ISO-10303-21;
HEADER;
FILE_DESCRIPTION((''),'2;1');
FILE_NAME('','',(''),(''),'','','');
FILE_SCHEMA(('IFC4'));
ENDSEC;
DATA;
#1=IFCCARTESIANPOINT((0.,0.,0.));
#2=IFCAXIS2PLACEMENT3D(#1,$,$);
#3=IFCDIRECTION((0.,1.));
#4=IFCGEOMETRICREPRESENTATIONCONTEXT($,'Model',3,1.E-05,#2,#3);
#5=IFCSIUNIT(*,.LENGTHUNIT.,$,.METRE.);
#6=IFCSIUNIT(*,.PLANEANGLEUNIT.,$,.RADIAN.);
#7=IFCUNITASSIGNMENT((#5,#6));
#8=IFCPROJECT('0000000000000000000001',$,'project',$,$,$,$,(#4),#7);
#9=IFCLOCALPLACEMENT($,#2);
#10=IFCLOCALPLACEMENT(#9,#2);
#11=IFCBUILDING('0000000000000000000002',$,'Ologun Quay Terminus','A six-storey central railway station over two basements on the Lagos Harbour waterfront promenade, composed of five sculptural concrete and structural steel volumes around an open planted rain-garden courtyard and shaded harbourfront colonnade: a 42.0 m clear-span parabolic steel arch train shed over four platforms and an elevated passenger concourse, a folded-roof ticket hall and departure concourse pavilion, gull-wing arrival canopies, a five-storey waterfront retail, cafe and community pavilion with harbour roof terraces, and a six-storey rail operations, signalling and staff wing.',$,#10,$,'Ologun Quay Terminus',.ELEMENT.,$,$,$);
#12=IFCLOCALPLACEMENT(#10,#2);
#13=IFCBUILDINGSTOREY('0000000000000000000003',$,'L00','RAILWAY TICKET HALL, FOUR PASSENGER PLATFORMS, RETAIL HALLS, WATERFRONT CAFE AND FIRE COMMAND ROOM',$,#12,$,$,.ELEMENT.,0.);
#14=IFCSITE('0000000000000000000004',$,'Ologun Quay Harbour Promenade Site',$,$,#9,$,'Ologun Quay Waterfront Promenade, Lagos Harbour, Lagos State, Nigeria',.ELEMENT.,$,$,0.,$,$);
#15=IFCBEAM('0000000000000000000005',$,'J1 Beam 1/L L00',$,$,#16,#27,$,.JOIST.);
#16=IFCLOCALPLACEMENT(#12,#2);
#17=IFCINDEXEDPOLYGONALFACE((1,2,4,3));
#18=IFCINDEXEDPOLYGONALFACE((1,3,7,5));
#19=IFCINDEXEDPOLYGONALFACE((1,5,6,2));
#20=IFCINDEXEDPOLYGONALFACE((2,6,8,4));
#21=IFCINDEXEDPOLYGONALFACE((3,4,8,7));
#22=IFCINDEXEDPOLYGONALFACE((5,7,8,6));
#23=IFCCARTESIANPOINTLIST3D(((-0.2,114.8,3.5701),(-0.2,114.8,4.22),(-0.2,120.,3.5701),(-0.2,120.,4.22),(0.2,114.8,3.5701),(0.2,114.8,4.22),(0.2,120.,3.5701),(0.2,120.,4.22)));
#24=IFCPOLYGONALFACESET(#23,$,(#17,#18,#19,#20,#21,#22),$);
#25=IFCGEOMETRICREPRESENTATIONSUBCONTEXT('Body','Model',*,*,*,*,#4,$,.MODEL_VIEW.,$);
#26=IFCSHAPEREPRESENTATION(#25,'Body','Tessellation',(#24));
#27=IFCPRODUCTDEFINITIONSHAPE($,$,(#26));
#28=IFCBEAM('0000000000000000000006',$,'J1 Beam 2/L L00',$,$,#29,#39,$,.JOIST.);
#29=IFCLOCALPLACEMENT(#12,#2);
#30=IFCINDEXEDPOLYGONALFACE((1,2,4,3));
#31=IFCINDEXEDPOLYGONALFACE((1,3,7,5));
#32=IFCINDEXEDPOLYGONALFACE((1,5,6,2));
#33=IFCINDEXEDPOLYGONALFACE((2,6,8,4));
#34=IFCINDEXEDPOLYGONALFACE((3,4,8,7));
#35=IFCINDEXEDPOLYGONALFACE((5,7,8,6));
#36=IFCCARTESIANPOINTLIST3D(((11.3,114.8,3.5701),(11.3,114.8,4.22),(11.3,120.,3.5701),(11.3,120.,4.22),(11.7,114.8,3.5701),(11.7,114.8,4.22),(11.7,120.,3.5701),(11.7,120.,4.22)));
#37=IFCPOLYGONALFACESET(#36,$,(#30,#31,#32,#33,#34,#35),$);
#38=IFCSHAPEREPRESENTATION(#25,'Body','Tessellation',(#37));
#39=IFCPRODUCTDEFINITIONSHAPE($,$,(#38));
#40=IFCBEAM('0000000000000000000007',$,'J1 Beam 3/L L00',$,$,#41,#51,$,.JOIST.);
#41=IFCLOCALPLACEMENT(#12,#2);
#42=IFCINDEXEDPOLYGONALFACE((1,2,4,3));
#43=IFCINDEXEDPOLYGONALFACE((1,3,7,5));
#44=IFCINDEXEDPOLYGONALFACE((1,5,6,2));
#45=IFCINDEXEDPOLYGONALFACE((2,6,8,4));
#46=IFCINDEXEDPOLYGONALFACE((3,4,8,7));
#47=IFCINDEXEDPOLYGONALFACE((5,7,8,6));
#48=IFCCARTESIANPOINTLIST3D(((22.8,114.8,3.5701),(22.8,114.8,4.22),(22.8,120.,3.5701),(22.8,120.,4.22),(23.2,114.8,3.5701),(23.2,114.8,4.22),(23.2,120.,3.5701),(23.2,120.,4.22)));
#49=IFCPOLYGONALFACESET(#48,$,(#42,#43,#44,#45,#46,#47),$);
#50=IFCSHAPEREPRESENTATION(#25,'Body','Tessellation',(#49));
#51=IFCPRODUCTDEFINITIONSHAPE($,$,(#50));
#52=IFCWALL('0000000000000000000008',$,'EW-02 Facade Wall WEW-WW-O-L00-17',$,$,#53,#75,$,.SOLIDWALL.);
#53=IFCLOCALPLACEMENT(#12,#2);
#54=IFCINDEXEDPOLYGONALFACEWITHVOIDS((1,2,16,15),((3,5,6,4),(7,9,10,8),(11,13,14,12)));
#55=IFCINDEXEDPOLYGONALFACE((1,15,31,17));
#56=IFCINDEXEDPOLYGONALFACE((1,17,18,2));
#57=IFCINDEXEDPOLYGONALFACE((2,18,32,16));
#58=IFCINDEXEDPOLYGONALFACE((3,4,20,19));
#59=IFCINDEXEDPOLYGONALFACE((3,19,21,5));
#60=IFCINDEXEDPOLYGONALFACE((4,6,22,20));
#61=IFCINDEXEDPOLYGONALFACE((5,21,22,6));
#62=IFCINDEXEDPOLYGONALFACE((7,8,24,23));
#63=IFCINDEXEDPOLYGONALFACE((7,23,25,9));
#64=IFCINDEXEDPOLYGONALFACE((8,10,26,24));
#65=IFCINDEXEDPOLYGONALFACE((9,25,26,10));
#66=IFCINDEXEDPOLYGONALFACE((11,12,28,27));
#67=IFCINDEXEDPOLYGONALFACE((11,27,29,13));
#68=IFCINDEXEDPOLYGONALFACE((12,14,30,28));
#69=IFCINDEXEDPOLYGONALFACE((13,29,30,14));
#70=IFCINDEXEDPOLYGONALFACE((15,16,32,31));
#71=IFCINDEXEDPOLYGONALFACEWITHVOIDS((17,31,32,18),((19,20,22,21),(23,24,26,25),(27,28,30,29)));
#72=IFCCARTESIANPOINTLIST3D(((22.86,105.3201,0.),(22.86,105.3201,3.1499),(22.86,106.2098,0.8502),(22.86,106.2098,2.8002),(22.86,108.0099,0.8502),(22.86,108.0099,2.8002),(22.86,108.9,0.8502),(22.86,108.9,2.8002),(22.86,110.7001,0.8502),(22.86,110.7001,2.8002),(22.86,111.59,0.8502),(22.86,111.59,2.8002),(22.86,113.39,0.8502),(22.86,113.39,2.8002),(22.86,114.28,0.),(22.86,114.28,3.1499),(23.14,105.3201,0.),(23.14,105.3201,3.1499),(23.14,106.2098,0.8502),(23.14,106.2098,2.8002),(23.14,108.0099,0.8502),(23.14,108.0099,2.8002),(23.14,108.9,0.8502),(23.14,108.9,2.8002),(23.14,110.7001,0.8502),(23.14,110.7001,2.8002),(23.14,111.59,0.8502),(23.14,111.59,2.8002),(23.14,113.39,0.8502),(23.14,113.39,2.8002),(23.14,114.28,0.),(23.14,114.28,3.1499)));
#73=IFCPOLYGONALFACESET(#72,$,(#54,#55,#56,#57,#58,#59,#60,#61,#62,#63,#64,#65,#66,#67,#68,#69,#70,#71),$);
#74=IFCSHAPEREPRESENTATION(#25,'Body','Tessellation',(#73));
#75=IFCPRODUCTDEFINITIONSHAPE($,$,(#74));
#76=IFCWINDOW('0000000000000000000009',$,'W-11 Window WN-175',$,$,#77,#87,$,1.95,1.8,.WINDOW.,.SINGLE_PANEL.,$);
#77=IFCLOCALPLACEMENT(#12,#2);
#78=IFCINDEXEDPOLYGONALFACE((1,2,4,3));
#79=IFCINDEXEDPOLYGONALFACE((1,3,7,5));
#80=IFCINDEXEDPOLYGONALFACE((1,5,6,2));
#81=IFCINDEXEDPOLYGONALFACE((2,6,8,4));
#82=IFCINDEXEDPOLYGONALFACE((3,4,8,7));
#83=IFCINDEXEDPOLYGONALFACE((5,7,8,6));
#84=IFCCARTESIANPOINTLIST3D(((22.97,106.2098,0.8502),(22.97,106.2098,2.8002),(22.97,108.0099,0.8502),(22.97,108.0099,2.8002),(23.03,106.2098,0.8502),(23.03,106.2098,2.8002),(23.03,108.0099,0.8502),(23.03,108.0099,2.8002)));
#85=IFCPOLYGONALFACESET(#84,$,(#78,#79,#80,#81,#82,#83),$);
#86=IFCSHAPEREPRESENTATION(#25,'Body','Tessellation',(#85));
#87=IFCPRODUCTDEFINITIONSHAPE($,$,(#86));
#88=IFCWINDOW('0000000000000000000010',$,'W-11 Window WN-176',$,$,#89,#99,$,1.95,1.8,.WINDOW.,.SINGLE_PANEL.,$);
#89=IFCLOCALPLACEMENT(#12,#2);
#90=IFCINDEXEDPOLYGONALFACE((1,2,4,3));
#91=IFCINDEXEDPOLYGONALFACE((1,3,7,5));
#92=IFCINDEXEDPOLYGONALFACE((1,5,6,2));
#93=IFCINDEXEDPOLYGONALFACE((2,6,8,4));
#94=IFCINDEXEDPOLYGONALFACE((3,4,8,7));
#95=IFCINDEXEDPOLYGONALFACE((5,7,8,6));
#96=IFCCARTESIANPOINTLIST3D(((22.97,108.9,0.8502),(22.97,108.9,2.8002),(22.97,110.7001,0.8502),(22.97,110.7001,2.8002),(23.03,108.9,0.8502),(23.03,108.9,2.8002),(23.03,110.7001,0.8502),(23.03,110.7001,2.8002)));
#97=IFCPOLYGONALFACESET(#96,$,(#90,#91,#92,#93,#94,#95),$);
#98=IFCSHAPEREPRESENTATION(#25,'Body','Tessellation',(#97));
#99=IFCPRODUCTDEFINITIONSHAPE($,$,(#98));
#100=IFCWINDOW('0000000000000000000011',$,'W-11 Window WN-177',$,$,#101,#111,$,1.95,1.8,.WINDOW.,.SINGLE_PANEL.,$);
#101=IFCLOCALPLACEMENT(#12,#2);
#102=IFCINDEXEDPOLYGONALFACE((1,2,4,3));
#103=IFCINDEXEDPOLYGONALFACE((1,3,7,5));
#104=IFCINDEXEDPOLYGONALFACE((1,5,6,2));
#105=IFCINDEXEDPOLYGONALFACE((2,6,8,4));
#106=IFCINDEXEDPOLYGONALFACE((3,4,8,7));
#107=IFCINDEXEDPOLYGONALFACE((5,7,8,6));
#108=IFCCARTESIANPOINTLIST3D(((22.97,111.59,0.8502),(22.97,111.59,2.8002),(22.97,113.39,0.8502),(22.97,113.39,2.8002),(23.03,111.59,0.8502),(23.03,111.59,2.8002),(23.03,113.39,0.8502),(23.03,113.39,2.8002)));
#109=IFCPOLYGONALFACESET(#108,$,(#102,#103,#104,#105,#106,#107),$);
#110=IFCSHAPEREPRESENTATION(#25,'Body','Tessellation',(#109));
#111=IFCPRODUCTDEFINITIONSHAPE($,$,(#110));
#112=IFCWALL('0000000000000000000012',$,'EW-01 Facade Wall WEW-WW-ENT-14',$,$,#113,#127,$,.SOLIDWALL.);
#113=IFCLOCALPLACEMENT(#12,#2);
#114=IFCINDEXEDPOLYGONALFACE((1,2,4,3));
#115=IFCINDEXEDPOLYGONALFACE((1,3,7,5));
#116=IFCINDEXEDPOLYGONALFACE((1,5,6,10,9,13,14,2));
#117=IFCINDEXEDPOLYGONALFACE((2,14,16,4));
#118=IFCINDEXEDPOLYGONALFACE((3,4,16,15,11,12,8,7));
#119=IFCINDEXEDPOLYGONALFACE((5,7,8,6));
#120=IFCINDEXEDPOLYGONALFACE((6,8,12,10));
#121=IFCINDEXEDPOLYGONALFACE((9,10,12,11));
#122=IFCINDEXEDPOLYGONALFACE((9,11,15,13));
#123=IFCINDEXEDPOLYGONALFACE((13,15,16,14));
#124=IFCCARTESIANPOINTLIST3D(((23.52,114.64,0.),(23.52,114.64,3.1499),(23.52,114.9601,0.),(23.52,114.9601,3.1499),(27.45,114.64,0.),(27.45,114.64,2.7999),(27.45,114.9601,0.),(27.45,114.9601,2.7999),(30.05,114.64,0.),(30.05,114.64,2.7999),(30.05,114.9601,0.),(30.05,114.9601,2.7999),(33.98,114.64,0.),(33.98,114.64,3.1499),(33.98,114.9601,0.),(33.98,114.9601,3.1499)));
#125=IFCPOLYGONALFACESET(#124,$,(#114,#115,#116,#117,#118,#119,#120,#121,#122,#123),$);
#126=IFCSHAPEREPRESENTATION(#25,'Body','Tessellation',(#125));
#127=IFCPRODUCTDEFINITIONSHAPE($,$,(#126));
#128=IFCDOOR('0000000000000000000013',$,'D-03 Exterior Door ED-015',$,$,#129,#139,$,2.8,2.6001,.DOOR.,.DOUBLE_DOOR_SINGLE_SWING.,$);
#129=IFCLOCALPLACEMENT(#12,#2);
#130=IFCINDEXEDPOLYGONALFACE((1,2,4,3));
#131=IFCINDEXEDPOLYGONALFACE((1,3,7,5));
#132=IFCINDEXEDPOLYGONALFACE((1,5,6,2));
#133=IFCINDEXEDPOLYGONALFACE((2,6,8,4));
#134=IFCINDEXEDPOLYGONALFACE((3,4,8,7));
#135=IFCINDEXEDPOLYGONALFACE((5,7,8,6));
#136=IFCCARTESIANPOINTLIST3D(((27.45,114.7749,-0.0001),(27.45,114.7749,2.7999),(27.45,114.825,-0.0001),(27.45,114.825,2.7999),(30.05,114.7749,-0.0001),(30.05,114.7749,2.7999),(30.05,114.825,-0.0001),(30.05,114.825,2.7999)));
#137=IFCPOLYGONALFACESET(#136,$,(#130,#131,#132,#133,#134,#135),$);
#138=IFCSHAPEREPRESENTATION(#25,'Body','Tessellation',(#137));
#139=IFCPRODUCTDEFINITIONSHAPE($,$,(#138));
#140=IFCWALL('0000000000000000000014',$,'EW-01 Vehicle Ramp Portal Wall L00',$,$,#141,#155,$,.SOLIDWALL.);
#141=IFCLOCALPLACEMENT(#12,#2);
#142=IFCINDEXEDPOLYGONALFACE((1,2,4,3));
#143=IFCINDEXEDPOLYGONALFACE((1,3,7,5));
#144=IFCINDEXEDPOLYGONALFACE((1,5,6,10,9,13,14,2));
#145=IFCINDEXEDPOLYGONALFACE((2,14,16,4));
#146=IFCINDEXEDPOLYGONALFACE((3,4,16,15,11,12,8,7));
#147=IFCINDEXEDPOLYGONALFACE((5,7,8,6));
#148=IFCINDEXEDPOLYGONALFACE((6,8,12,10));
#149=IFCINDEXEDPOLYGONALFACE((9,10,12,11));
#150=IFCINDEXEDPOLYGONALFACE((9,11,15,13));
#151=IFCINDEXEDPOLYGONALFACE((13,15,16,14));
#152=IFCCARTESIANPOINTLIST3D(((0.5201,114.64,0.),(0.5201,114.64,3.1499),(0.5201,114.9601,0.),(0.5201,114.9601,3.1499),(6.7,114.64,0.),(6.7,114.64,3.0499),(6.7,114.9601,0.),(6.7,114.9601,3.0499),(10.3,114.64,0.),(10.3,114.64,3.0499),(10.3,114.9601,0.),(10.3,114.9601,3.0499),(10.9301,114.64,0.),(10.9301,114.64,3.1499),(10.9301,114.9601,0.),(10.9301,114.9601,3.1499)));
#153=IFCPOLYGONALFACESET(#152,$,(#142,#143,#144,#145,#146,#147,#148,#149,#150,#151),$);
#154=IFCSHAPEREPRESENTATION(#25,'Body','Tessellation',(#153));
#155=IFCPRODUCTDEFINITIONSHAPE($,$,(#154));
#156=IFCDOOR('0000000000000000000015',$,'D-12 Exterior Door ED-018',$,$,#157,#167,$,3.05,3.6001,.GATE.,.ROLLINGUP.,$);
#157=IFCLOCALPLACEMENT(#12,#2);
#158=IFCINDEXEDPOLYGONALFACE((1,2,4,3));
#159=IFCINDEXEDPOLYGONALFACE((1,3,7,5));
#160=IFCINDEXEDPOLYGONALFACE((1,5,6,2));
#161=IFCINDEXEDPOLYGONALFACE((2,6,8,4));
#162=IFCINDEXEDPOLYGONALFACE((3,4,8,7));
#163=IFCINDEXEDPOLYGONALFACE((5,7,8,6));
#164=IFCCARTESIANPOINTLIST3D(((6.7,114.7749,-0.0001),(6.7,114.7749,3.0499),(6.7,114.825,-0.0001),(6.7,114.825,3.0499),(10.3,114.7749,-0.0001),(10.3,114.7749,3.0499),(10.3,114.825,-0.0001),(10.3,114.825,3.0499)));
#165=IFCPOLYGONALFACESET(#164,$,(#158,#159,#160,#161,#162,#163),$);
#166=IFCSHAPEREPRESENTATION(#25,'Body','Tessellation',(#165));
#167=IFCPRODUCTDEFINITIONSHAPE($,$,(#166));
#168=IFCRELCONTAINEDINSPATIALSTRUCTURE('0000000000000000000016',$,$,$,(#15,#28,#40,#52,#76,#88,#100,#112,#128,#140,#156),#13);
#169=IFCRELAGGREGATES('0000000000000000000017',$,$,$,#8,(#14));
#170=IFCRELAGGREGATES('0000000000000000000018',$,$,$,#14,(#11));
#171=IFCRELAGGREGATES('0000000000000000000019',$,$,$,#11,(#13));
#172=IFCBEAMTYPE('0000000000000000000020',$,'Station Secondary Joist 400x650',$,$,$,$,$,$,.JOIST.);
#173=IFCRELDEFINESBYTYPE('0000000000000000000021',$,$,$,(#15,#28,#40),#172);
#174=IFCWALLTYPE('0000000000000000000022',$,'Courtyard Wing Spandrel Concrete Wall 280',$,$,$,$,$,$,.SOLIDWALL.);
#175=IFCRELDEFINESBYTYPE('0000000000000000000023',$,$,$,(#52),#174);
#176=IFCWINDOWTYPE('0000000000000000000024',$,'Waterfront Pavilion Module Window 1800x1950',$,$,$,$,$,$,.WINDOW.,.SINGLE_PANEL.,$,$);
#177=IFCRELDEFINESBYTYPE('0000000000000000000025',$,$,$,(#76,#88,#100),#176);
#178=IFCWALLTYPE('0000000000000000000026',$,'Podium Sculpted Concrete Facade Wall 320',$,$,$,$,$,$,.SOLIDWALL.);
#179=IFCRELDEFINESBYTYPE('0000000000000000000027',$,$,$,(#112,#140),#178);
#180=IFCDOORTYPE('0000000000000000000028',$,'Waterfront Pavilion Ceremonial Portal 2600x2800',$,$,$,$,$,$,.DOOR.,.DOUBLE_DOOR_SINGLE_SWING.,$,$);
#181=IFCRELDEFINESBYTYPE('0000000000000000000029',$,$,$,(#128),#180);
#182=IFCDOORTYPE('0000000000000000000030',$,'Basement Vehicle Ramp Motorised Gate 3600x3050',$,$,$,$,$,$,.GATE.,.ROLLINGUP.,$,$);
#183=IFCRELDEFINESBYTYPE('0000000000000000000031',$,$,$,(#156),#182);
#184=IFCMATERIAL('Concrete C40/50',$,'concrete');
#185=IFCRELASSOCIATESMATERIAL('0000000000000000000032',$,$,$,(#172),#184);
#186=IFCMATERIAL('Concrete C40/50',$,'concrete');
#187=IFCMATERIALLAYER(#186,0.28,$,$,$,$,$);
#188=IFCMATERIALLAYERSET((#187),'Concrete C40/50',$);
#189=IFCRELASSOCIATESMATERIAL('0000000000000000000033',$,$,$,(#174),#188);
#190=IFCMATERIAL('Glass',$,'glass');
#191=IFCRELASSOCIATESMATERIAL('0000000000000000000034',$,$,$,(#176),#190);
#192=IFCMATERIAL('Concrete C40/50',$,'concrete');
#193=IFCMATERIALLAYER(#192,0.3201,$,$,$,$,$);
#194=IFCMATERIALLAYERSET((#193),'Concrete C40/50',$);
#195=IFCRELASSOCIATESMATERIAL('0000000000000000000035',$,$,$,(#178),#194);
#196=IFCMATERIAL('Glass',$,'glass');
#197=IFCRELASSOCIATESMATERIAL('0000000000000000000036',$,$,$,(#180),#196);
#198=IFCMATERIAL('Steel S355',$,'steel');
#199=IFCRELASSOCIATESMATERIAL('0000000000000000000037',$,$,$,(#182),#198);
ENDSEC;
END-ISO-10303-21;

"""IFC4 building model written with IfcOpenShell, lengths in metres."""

from ifc_helpers import new_model, si_unit, direction, frame, frame_2d, origin, origin_2d, place, context, subcontext, project, spatial, rectangle, extrude, material, layer, layer_set, material_profile, profile_set, type_object, element, fill, save


model = new_model("IFC4")

# Units and contexts
model_context = context("Model", 3, precision=1e-05, world=origin(), true_north=direction((0.0, 1.0)))
body_context = subcontext(model_context, "Body", "Model", "MODEL_VIEW")
ifc_project = project(units=[si_unit("LENGTHUNIT", "METRE"), si_unit("PLANEANGLEUNIT", "RADIAN")], contexts=[model_context])

# Site, building, storey
site_placement = place(None, origin())
site = spatial("IfcSite", under=ifc_project, at=site_placement, Name="Ologun Quay Harbour Promenade Site", LongName="Ologun Quay Waterfront Promenade, Lagos Harbour, Lagos State, Nigeria", CompositionType="ELEMENT", RefElevation=0.0)
building_placement = place(site_placement, origin())
building = spatial("IfcBuilding", under=site, at=building_placement, Name="Ologun Quay Terminus", Description="A six-storey central railway station over two basements on the Lagos Harbour waterfront promenade, composed of five sculptural concrete and structural steel volumes around an open planted rain-garden courtyard and shaded harbourfront colonnade: a 42.0 m clear-span parabolic steel arch train shed over four platforms and an elevated passenger concourse, a folded-roof ticket hall and departure concourse pavilion, gull-wing arrival canopies, a five-storey waterfront retail, cafe and community pavilion with harbour roof terraces, and a six-storey rail operations, signalling and staff wing.", LongName="Ologun Quay Terminus", CompositionType="ELEMENT")
storey_placement = place(building_placement, origin())
storey = spatial("IfcBuildingStorey", under=building, at=storey_placement, Name="L00", Description="RAILWAY TICKET HALL, FOUR PASSENGER PLATFORMS, RETAIL HALLS, WATERFRONT CAFE AND FIRE COMMAND ROOM", CompositionType="ELEMENT", Elevation=0.0)

# Beams
ifc_material_1 = material(Name="Concrete C40/50", Category="concrete")
ifc_material_profile_1 = material_profile(ifc_material_1, rectangle(XDim=0.3999, YDim=0.6499, at=origin_2d()), Name="RC 400x650")
ifc_profile_set_1 = profile_set([ifc_material_profile_1], Name="Concrete C40/50")
beam_type_1 = type_object("IfcBeamType", Name="Station Secondary Joist 400x650", PredefinedType="JOIST", material=ifc_profile_set_1)
for number, where, z_axis, x_axis, name in (
    (1, (0.0, 114.8, 3.895), (0.0, 1.0, 0.0), (-1.0, 0.0, 0.0), "J1 Beam 1/L L00"),
    (2, (11.5, 114.8, 3.895), (0.0, 1.0, 0.0), (-1.0, 0.0, 0.0), "J1 Beam 2/L L00"),
    (3, (23.0, 114.8, 3.895), (0.0, 1.0, 0.0), (-1.0, 0.0, 0.0), "J1 Beam 3/L L00"),
):
    element("IfcBeam", number, at=place(storey_placement, frame(where, z_axis=z_axis, x_axis=x_axis)), inside=storey, type_object=beam_type_1, Name=name, PredefinedType="JOIST", context=body_context, shape_type="SweptSolid", body=[
        extrude(rectangle(XDim=0.3999, YDim=0.6499, at=origin_2d()), origin(), (0.0, 0.0, 1.0), 5.2),
    ])

# Wall, openings, windows
ifc_material_2 = material(Name="Concrete C40/50", Category="concrete")
ifc_layer_1 = layer(ifc_material_2, 0.28)
ifc_layer_set_1 = layer_set([ifc_layer_1], Name="Concrete C40/50")
wall_type_1 = type_object("IfcWallType", Name="Courtyard Wing Spandrel Concrete Wall 280", PredefinedType="SOLIDWALL", material=ifc_layer_set_1)
wall_1_placement = place(storey_placement, frame((23.0, 105.3201, 0.0), z_axis=(0.0, 0.0, 1.0), x_axis=(0.0, 1.0, 0.0)))
wall_1 = element("IfcWall", 4, at=wall_1_placement, inside=storey, type_object=wall_type_1, Name="EW-02 Facade Wall WEW-WW-O-L00-17", PredefinedType="SOLIDWALL", context=body_context, shape_type="SweptSolid", body=[
    extrude(rectangle(XDim=8.96, YDim=0.28, at=frame_2d((4.48, 0.0))), origin(), (0.0, 0.0, 1.0), 3.1499),
])
opening_1_placement = place(wall_1_placement, frame((0.8899, 0.0, 0.8501)))
opening_1 = element("IfcOpeningElement", 5, at=opening_1_placement, cuts=wall_1, PredefinedType="OPENING", context=body_context, shape_type="SweptSolid", body=[
    extrude(rectangle(XDim=1.8, YDim=1.95, at=frame_2d((0.8999, 0.9751))), frame((0.0, 0.1499, 0.0), z_axis=(0.0, -1.0, 0.0), x_axis=(1.0, 0.0, 0.0)), (0.0, 0.0, 1.0), 0.3),
])
opening_2_placement = place(wall_1_placement, frame((3.5801, 0.0, 0.8501)))
opening_2 = element("IfcOpeningElement", 6, at=opening_2_placement, cuts=wall_1, PredefinedType="OPENING", context=body_context, shape_type="SweptSolid", body=[
    extrude(rectangle(XDim=1.8, YDim=1.95, at=frame_2d((0.8999, 0.9751))), frame((0.0, 0.1499, 0.0), z_axis=(0.0, -1.0, 0.0), x_axis=(1.0, 0.0, 0.0)), (0.0, 0.0, 1.0), 0.3),
])
opening_3_placement = place(wall_1_placement, frame((6.27, 0.0, 0.8501)))
opening_3 = element("IfcOpeningElement", 7, at=opening_3_placement, cuts=wall_1, PredefinedType="OPENING", context=body_context, shape_type="SweptSolid", body=[
    extrude(rectangle(XDim=1.8, YDim=1.95, at=frame_2d((0.8999, 0.9751))), frame((0.0, 0.1499, 0.0), z_axis=(0.0, -1.0, 0.0), x_axis=(1.0, 0.0, 0.0)), (0.0, 0.0, 1.0), 0.3),
])
ifc_material_3 = material(Name="Glass", Category="glass")
window_type = type_object("IfcWindowType", Name="Waterfront Pavilion Module Window 1800x1950", PartitioningType="SINGLE_PANEL", PredefinedType="WINDOW", material=ifc_material_3)
window_1_placement = place(opening_1_placement, origin())
window_1 = element("IfcWindow", 8, at=window_1_placement, inside=storey, type_object=window_type, Name="W-11 Window WN-175", OverallHeight=1.95, OverallWidth=1.8, PartitioningType="SINGLE_PANEL", PredefinedType="WINDOW", context=body_context, shape_type="SweptSolid", body=[
    extrude(rectangle(XDim=1.8, YDim=1.95, at=frame_2d((0.8999, 0.9751))), frame((0.0, 0.03, 0.0), z_axis=(0.0, -1.0, 0.0), x_axis=(1.0, 0.0, 0.0)), (0.0, 0.0, 1.0), 0.0601),
])
fill(opening_1, window_1)
window_2_placement = place(opening_2_placement, origin())
window_2 = element("IfcWindow", 9, at=window_2_placement, inside=storey, type_object=window_type, Name="W-11 Window WN-176", OverallHeight=1.95, OverallWidth=1.8, PartitioningType="SINGLE_PANEL", PredefinedType="WINDOW", context=body_context, shape_type="SweptSolid", body=[
    extrude(rectangle(XDim=1.8, YDim=1.95, at=frame_2d((0.8999, 0.9751))), frame((0.0, 0.03, 0.0), z_axis=(0.0, -1.0, 0.0), x_axis=(1.0, 0.0, 0.0)), (0.0, 0.0, 1.0), 0.0601),
])
fill(opening_2, window_2)
window_3_placement = place(opening_3_placement, origin())
window_3 = element("IfcWindow", 10, at=window_3_placement, inside=storey, type_object=window_type, Name="W-11 Window WN-177", OverallHeight=1.95, OverallWidth=1.8, PartitioningType="SINGLE_PANEL", PredefinedType="WINDOW", context=body_context, shape_type="SweptSolid", body=[
    extrude(rectangle(XDim=1.8, YDim=1.95, at=frame_2d((0.8999, 0.9751))), frame((0.0, 0.03, 0.0), z_axis=(0.0, -1.0, 0.0), x_axis=(1.0, 0.0, 0.0)), (0.0, 0.0, 1.0), 0.0601),
])
fill(opening_3, window_3)

# Walls, openings, doors
ifc_material_4 = material(Name="Concrete C40/50", Category="concrete")
ifc_layer_2 = layer(ifc_material_4, 0.3201)
ifc_layer_set_2 = layer_set([ifc_layer_2], Name="Concrete C40/50")
wall_type_2 = type_object("IfcWallType", Name="Podium Sculpted Concrete Facade Wall 320", PredefinedType="SOLIDWALL", material=ifc_layer_set_2)
wall_2_placement = place(storey_placement, frame((23.52, 114.8, 0.0), z_axis=(0.0, 0.0, 1.0), x_axis=(1.0, 0.0, 0.0)))
wall_2 = element("IfcWall", 11, at=wall_2_placement, inside=storey, type_object=wall_type_2, Name="EW-01 Facade Wall WEW-WW-ENT-14", PredefinedType="SOLIDWALL", context=body_context, shape_type="SweptSolid", body=[
    extrude(rectangle(XDim=10.46, YDim=0.3201, at=frame_2d((5.23, 0.0))), origin(), (0.0, 0.0, 1.0), 3.1499),
])
opening_4_placement = place(wall_2_placement, frame((3.9299, 0.0, 0.0)))
opening_4 = element("IfcOpeningElement", 12, at=opening_4_placement, cuts=wall_2, PredefinedType="OPENING", context=body_context, shape_type="SweptSolid", body=[
    extrude(rectangle(XDim=2.6001, YDim=2.8, at=frame_2d((1.3, 1.3999))), frame((0.0, 0.1699, 0.0), z_axis=(0.0, -1.0, 0.0), x_axis=(1.0, 0.0, 0.0)), (0.0, 0.0, 1.0), 0.3401),
])
ifc_material_5 = material(Name="Glass", Category="glass")
door_type_1 = type_object("IfcDoorType", Name="Waterfront Pavilion Ceremonial Portal 2600x2800", OperationType="DOUBLE_DOOR_SINGLE_SWING", PredefinedType="DOOR", material=ifc_material_5)
door_1_placement = place(opening_4_placement, origin())
door_1 = element("IfcDoor", 13, at=door_1_placement, inside=storey, type_object=door_type_1, Name="D-03 Exterior Door ED-015", OperationType="DOUBLE_DOOR_SINGLE_SWING", OverallHeight=2.8, OverallWidth=2.6001, PredefinedType="DOOR", context=body_context, shape_type="SweptSolid", body=[
    extrude(rectangle(XDim=2.6001, YDim=2.8, at=frame_2d((1.3, 1.3999))), frame((0.0, 0.0249, 0.0), z_axis=(0.0, -1.0, 0.0), x_axis=(1.0, 0.0, 0.0)), (0.0, 0.0, 1.0), 0.05),
])
fill(opening_4, door_1)
wall_3_placement = place(storey_placement, frame((0.52, 114.8, 0.0), z_axis=(0.0, 0.0, 1.0), x_axis=(1.0, 0.0, 0.0)))
wall_3 = element("IfcWall", 14, at=wall_3_placement, inside=storey, type_object=wall_type_2, Name="EW-01 Vehicle Ramp Portal Wall L00", PredefinedType="SOLIDWALL", context=body_context, shape_type="SweptSolid", body=[
    extrude(rectangle(XDim=10.4099, YDim=0.3201, at=frame_2d((5.2051, 0.0))), origin(), (0.0, 0.0, 1.0), 3.1499),
])
opening_5_placement = place(wall_3_placement, frame((6.1799, 0.0, 0.0)))
opening_5 = element("IfcOpeningElement", 15, at=opening_5_placement, cuts=wall_3, PredefinedType="OPENING", context=body_context, shape_type="SweptSolid", body=[
    extrude(rectangle(XDim=3.6001, YDim=3.05, at=frame_2d((1.8, 1.5249))), frame((0.0, 0.1699, 0.0), z_axis=(0.0, -1.0, 0.0), x_axis=(1.0, 0.0, 0.0)), (0.0, 0.0, 1.0), 0.3401),
])
ifc_material_6 = material(Name="Steel S355", Category="steel")
door_type_2 = type_object("IfcDoorType", Name="Basement Vehicle Ramp Motorised Gate 3600x3050", OperationType="ROLLINGUP", PredefinedType="GATE", material=ifc_material_6)
door_2_placement = place(opening_5_placement, origin())
door_2 = element("IfcDoor", 16, at=door_2_placement, inside=storey, type_object=door_type_2, Name="D-12 Exterior Door ED-018", OperationType="ROLLINGUP", OverallHeight=3.05, OverallWidth=3.6001, PredefinedType="GATE", context=body_context, shape_type="SweptSolid", body=[
    extrude(rectangle(XDim=3.6001, YDim=3.05, at=frame_2d((1.8, 1.5249))), frame((0.0, 0.0249, 0.0), z_axis=(0.0, -1.0, 0.0), x_axis=(1.0, 0.0, 0.0)), (0.0, 0.0, 1.0), 0.05),
])
fill(opening_5, door_2)

save(model, "model.ifc")
